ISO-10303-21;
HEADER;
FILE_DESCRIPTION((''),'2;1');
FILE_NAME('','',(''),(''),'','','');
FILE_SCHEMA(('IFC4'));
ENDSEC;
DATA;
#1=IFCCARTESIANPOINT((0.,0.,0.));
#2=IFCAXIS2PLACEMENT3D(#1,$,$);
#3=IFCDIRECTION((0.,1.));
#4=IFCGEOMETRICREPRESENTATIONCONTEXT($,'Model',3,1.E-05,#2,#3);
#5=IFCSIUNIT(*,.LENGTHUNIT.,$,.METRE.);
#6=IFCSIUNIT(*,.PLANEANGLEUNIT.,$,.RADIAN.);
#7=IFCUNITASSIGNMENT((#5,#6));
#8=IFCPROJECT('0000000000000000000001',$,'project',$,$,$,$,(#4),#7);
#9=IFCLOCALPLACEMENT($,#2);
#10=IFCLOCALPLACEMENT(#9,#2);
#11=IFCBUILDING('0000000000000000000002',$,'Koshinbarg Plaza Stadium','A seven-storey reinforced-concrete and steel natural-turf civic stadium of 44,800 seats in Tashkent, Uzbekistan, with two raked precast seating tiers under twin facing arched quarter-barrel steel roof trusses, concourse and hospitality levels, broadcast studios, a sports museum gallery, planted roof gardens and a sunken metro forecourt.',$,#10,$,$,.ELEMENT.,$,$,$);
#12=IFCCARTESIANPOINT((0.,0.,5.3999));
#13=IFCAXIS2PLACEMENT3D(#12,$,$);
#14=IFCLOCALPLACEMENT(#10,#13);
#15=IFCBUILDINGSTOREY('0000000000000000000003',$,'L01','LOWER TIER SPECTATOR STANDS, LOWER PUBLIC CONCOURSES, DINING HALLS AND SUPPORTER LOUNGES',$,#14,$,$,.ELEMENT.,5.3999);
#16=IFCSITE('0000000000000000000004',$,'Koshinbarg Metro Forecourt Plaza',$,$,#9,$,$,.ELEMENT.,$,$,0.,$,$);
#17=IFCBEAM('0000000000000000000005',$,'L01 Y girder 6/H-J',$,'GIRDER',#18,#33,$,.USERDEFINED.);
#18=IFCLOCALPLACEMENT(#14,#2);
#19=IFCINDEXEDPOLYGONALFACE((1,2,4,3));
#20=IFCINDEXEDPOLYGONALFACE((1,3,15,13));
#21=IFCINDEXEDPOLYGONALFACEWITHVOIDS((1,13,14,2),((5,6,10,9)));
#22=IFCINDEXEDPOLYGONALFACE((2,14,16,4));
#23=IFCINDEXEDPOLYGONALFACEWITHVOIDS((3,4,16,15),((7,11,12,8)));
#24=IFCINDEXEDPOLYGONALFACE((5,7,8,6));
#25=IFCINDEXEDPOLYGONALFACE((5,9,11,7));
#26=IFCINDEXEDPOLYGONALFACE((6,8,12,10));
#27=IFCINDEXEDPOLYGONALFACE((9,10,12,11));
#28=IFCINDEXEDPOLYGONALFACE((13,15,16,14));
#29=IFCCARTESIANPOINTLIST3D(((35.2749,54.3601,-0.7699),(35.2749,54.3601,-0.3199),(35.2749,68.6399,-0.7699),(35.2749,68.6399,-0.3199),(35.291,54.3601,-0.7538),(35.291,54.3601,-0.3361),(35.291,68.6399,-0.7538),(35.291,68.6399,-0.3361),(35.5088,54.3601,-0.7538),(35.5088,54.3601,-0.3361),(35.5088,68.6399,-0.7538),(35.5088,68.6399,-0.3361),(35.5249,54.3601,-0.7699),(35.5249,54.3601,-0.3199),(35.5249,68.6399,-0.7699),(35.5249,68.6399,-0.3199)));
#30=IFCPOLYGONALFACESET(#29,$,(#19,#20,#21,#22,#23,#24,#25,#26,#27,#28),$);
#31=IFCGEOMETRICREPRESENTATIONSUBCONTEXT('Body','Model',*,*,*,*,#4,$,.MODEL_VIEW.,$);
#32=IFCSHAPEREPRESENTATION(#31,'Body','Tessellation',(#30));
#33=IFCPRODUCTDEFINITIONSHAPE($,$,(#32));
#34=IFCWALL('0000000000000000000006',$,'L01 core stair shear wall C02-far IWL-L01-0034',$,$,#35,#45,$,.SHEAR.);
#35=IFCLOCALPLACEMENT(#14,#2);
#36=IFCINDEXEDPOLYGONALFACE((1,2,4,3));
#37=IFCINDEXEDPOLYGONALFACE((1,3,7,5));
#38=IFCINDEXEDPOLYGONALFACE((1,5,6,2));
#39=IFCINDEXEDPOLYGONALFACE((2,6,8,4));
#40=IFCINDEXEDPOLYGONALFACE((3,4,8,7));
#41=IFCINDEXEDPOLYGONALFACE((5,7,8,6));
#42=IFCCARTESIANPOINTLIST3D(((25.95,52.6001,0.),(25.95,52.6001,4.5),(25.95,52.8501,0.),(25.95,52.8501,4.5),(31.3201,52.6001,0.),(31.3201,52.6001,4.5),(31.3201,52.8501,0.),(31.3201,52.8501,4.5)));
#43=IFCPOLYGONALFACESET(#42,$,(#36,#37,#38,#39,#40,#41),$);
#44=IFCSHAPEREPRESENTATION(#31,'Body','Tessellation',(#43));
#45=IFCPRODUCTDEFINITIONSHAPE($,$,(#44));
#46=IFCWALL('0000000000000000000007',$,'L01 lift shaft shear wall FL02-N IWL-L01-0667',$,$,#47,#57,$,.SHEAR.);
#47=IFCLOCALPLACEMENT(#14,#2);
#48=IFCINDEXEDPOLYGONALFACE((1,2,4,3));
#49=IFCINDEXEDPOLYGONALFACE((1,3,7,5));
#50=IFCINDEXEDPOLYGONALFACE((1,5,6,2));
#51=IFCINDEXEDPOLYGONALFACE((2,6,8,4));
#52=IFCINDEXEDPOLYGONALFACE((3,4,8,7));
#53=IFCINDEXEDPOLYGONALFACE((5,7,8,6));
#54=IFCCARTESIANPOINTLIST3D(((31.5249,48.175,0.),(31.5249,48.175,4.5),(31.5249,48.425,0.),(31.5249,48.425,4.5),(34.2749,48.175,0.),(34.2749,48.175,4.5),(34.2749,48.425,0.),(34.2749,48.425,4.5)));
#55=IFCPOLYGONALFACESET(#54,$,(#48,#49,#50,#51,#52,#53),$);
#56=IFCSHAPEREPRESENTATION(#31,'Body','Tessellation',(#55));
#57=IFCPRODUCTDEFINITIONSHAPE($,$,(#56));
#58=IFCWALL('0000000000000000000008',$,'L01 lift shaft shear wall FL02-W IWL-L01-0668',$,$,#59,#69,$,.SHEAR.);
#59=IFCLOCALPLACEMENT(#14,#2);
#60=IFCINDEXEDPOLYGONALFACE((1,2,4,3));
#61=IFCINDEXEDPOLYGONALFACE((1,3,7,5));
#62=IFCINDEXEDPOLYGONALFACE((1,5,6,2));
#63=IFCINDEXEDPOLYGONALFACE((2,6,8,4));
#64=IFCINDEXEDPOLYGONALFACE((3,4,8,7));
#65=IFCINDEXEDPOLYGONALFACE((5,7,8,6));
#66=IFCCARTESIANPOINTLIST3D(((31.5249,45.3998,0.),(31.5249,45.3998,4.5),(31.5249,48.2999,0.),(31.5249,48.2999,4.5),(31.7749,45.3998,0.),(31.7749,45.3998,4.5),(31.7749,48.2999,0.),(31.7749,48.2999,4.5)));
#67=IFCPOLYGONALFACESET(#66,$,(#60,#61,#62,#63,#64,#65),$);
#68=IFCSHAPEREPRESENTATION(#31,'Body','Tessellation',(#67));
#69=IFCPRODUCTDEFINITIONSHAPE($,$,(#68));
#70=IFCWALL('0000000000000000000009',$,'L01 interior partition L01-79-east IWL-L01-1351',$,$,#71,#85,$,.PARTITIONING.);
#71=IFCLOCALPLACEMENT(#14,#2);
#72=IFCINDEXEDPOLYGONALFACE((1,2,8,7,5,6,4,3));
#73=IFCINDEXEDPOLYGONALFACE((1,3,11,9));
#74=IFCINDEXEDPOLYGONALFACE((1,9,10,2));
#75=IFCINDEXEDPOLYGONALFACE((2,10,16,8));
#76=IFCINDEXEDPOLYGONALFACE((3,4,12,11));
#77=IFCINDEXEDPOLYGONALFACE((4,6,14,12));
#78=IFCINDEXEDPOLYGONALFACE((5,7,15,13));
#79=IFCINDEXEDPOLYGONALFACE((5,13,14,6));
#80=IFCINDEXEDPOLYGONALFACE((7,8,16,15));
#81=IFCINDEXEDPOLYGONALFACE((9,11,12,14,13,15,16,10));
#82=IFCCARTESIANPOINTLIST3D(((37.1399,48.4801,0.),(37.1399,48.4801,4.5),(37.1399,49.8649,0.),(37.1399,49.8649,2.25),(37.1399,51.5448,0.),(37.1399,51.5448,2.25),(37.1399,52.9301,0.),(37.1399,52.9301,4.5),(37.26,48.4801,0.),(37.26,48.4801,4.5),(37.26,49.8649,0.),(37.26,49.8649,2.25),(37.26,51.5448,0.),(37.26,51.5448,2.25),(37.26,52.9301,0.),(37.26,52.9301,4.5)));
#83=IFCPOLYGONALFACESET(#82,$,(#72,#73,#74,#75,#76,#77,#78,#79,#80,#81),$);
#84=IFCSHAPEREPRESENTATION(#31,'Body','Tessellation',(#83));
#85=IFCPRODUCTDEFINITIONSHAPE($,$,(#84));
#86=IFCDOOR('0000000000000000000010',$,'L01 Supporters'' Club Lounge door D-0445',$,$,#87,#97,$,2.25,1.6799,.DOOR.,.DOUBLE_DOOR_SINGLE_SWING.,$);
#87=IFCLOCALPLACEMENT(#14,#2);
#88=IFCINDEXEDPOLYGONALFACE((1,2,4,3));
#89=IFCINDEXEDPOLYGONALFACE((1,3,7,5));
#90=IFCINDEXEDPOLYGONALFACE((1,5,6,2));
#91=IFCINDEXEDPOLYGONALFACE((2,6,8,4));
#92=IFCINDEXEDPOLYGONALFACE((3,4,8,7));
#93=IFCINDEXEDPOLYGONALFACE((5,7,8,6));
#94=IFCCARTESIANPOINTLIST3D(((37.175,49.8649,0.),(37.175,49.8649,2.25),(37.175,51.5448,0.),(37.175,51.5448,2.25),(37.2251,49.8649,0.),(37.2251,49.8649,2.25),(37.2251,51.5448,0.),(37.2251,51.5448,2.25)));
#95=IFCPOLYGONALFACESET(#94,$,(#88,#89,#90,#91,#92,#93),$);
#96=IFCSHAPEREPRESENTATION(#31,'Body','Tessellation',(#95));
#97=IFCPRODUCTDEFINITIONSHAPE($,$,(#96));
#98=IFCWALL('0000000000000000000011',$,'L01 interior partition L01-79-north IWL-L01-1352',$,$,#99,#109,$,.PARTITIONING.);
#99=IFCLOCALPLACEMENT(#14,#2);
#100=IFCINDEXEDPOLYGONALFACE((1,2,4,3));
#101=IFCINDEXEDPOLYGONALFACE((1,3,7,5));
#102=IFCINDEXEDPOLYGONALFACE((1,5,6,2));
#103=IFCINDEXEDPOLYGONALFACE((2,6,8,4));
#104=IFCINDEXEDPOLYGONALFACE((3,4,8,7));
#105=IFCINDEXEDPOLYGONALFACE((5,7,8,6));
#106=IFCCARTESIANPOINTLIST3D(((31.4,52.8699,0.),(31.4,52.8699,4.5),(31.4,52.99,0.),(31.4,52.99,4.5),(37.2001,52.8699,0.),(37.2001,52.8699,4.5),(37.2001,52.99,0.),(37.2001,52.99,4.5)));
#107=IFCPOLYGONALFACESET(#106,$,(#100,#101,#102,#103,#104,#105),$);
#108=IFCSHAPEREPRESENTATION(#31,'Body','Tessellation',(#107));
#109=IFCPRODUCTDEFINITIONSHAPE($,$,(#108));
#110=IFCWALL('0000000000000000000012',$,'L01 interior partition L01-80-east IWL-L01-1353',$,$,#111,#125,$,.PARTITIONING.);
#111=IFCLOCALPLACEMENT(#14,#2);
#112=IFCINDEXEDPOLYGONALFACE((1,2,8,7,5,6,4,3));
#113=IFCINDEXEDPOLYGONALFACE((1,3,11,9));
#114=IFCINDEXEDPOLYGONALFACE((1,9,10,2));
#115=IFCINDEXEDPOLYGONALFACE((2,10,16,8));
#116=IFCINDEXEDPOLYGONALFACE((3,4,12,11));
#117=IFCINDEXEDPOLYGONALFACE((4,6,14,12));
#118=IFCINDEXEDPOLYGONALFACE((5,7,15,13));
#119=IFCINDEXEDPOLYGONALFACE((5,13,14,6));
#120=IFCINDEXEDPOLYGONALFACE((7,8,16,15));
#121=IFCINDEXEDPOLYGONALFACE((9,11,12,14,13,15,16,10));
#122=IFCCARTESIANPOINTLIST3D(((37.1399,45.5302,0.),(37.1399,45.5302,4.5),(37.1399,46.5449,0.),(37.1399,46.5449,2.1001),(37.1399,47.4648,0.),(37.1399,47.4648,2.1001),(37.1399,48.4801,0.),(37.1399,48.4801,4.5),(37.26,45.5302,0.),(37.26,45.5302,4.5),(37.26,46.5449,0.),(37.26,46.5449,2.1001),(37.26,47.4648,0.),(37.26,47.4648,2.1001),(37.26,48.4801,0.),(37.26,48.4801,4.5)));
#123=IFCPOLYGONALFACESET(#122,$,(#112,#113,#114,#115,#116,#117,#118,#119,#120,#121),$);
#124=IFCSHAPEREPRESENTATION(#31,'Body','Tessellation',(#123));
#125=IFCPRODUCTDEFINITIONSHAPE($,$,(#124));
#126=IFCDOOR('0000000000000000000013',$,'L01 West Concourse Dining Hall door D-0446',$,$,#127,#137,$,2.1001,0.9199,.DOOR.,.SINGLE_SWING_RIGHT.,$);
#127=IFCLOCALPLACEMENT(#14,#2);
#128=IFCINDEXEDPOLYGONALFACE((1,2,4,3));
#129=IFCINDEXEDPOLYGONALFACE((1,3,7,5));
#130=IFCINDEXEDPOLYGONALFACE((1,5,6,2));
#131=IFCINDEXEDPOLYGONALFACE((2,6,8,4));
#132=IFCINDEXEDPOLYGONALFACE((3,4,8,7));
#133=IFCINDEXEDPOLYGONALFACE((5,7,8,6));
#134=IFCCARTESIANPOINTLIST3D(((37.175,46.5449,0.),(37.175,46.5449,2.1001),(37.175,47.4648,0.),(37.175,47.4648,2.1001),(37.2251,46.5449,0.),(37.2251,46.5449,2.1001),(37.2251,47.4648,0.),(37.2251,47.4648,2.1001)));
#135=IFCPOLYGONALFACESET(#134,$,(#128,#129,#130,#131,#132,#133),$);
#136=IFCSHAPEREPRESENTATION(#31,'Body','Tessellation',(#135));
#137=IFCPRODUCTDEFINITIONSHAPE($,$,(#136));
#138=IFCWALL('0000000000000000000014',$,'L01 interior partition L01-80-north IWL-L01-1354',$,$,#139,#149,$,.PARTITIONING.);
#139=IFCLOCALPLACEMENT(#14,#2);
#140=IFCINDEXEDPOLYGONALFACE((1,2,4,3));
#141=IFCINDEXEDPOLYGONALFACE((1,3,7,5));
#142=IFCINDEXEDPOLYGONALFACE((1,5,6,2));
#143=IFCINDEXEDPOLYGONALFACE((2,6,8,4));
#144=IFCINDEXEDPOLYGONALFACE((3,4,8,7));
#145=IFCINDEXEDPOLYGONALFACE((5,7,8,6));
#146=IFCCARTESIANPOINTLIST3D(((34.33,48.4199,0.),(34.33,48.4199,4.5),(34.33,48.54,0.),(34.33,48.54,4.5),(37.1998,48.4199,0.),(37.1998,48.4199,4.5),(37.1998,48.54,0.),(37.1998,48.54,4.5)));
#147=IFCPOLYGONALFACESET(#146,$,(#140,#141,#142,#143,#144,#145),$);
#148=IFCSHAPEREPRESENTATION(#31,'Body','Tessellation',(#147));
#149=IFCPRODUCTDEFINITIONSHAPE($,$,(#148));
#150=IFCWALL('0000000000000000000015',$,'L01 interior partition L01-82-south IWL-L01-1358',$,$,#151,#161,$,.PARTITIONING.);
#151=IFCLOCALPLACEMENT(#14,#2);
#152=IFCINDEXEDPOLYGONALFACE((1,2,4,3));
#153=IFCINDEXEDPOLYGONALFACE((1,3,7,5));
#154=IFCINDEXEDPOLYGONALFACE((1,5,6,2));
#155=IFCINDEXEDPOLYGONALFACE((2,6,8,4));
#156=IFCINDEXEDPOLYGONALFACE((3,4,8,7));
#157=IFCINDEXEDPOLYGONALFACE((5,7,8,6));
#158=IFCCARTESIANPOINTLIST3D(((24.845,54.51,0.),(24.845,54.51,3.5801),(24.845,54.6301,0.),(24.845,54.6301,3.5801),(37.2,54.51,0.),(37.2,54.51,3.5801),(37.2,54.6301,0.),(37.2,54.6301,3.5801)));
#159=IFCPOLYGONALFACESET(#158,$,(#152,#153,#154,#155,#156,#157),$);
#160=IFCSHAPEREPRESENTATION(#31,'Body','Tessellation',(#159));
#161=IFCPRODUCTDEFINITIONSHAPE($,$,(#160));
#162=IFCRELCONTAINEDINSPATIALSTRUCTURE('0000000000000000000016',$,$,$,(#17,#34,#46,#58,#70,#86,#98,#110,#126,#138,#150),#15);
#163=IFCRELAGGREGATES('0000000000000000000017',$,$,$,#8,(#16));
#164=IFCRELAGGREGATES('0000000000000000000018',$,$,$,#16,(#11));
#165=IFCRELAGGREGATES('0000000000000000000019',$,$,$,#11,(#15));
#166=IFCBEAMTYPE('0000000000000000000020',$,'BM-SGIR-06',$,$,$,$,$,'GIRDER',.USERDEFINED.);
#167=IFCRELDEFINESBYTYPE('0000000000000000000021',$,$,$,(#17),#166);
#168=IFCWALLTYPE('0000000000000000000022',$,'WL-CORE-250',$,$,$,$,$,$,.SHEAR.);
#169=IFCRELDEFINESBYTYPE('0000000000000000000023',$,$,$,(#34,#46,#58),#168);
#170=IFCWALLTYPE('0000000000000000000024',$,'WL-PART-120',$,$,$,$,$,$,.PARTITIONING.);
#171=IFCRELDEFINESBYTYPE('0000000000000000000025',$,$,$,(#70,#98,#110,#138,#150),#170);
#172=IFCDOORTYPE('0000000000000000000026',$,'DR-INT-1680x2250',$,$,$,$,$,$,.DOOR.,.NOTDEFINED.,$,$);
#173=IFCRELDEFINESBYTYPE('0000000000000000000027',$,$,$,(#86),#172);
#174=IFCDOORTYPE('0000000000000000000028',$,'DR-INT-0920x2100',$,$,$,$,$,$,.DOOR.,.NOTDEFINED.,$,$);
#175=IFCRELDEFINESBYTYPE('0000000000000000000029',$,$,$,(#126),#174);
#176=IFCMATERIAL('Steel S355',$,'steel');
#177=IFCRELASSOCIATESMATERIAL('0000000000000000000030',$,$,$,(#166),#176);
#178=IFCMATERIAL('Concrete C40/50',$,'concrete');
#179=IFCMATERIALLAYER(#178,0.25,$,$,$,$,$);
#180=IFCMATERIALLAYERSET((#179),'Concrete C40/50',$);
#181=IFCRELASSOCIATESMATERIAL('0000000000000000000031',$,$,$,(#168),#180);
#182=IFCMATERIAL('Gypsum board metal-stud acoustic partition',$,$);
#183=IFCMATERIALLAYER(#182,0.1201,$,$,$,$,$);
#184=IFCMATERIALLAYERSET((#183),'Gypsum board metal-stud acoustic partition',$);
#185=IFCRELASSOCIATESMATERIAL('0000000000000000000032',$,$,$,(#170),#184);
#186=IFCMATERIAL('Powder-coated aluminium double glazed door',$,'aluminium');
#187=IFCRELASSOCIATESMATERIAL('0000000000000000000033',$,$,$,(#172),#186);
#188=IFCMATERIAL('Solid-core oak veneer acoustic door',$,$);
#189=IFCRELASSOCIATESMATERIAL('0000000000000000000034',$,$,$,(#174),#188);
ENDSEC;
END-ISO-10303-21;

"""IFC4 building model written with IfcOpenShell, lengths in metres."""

from ifc_helpers import new_model, si_unit, direction, frame, frame_2d, origin, origin_2d, place, context, subcontext, project, spatial, rectangle, hollow_rectangle, extrude, material, layer, layer_set, material_profile, profile_set, type_object, element, fill, save


model = new_model("IFC4")

# Units and contexts
model_context = context("Model", 3, precision=1e-05, world=origin(), true_north=direction((0.0, 1.0)))
body_context = subcontext(model_context, "Body", "Model", "MODEL_VIEW")
ifc_project = project(units=[si_unit("LENGTHUNIT", "METRE"), si_unit("PLANEANGLEUNIT", "RADIAN")], contexts=[model_context])

# Site, building, storey
site_placement = place(None, origin())
site = spatial("IfcSite", under=ifc_project, at=site_placement, Name="Koshinbarg Metro Forecourt Plaza", CompositionType="ELEMENT", RefElevation=0.0)
building_placement = place(site_placement, origin())
building = spatial("IfcBuilding", under=site, at=building_placement, Name="Koshinbarg Plaza Stadium", Description="A seven-storey reinforced-concrete and steel natural-turf civic stadium of 44,800 seats in Tashkent, Uzbekistan, with two raked precast seating tiers under twin facing arched quarter-barrel steel roof trusses, concourse and hospitality levels, broadcast studios, a sports museum gallery, planted roof gardens and a sunken metro forecourt.", CompositionType="ELEMENT")
storey_placement = place(building_placement, frame((0.0, 0.0, 5.3999)))
storey = spatial("IfcBuildingStorey", under=building, at=storey_placement, Name="L01", Description="LOWER TIER SPECTATOR STANDS, LOWER PUBLIC CONCOURSES, DINING HALLS AND SUPPORTER LOUNGES", CompositionType="ELEMENT", Elevation=5.3999)

# Shared definitions
ifc_material_1 = material(Name="Concrete C40/50", Category="concrete")

# Beam
ifc_material_2 = material(Name="Steel S355", Category="steel")
ifc_material_profile_1 = material_profile(ifc_material_2, hollow_rectangle(XDim=0.25, YDim=0.45, WallThickness=0.0161, at=origin_2d()), Name="RHS 450x250x16")
ifc_profile_set_1 = profile_set([ifc_material_profile_1], Name="Steel S355")
beam_type_1 = type_object("IfcBeamType", Name="BM-SGIR-06", ElementType="GIRDER", PredefinedType="USERDEFINED", material=ifc_profile_set_1)
beam_1_placement = place(storey_placement, frame((35.3999, 54.3601, -0.5449), z_axis=(0.0, 1.0, 0.0), x_axis=(-1.0, 0.0, 0.0)))
element("IfcBeam", 1, at=beam_1_placement, inside=storey, type_object=beam_type_1, Name="L01 Y girder 6/H-J", ObjectType="GIRDER", PredefinedType="USERDEFINED", context=body_context, shape_type="SweptSolid", body=[
    extrude(hollow_rectangle(XDim=0.25, YDim=0.45, WallThickness=0.0161, at=origin_2d()), origin(), (0.0, 0.0, 1.0), 14.2798),
])

# Walls
ifc_layer_1 = layer(ifc_material_1, 0.25)
ifc_layer_set_1 = layer_set([ifc_layer_1], Name="Concrete C40/50")
wall_type_1 = type_object("IfcWallType", Name="WL-CORE-250", PredefinedType="SHEAR", material=ifc_layer_set_1)
wall_1_placement = place(storey_placement, frame((31.3201, 52.7251, 0.0), z_axis=(0.0, 0.0, 1.0), x_axis=(-1.0, 0.0, 0.0)))
element("IfcWall", 2, at=wall_1_placement, inside=storey, type_object=wall_type_1, Name="L01 core stair shear wall C02-far IWL-L01-0034", PredefinedType="SHEAR", context=body_context, shape_type="SweptSolid", body=[
    extrude(rectangle(XDim=5.3701, YDim=0.25, at=frame_2d((2.6851, 0.0))), origin(), (0.0, 0.0, 1.0), 4.5),
])
wall_2_placement = place(storey_placement, frame((34.2749, 48.3, 0.0), z_axis=(0.0, 0.0, 1.0), x_axis=(-1.0, 0.0, 0.0)))
element("IfcWall", 3, at=wall_2_placement, inside=storey, type_object=wall_type_1, Name="L01 lift shaft shear wall FL02-N IWL-L01-0667", PredefinedType="SHEAR", context=body_context, shape_type="SweptSolid", body=[
    extrude(rectangle(XDim=2.75, YDim=0.25, at=frame_2d((1.375, 0.0))), origin(), (0.0, 0.0, 1.0), 4.5),
])
wall_3_placement = place(storey_placement, frame((31.6499, 48.3, 0.0), z_axis=(0.0, 0.0, 1.0), x_axis=(0.0, -1.0, 0.0)))
element("IfcWall", 4, at=wall_3_placement, inside=storey, type_object=wall_type_1, Name="L01 lift shaft shear wall FL02-W IWL-L01-0668", PredefinedType="SHEAR", context=body_context, shape_type="SweptSolid", body=[
    extrude(rectangle(XDim=2.9001, YDim=0.25, at=frame_2d((1.4502, 0.0))), origin(), (0.0, 0.0, 1.0), 4.5),
])

# Wall, opening, door
ifc_material_3 = material(Name="Gypsum board metal-stud acoustic partition")
ifc_layer_2 = layer(ifc_material_3, 0.1201)
ifc_layer_set_2 = layer_set([ifc_layer_2], Name="Gypsum board metal-stud acoustic partition")
wall_type_2 = type_object("IfcWallType", Name="WL-PART-120", PredefinedType="PARTITIONING", material=ifc_layer_set_2)
wall_4_placement = place(storey_placement, frame((37.2, 48.48, 0.0), z_axis=(0.0, 0.0, 1.0), x_axis=(0.0, 1.0, 0.0)))
wall_4 = element("IfcWall", 5, at=wall_4_placement, inside=storey, type_object=wall_type_2, Name="L01 interior partition L01-79-east IWL-L01-1351", PredefinedType="PARTITIONING", context=body_context, shape_type="SweptSolid", body=[
    extrude(rectangle(XDim=4.45, YDim=0.1201, at=frame_2d((2.2251, 0.0))), origin(), (0.0, 0.0, 1.0), 4.5),
])
opening_1_placement = place(wall_4_placement, frame((1.385, 0.0, 0.0)))
opening_1 = element("IfcOpeningElement", 6, at=opening_1_placement, cuts=wall_4, PredefinedType="OPENING", context=body_context, shape_type="SweptSolid", body=[
    extrude(rectangle(XDim=1.6799, YDim=2.25, at=frame_2d((0.8398, 1.125))), frame((0.0, 0.0701, 0.0), z_axis=(0.0, -1.0, 0.0), x_axis=(1.0, 0.0, 0.0)), (0.0, 0.0, 1.0), 0.1401),
])
ifc_material_4 = material(Name="Powder-coated aluminium double glazed door", Category="aluminium")
door_type_1 = type_object("IfcDoorType", Name="DR-INT-1680x2250", OperationType="NOTDEFINED", PredefinedType="DOOR", material=ifc_material_4)
door_1_placement = place(opening_1_placement, origin())
door_1 = element("IfcDoor", 7, at=door_1_placement, inside=storey, type_object=door_type_1, Name="L01 Supporters' Club Lounge door D-0445", OperationType="DOUBLE_DOOR_SINGLE_SWING", OverallHeight=2.25, OverallWidth=1.6799, PredefinedType="DOOR", context=body_context, shape_type="SweptSolid", body=[
    extrude(rectangle(XDim=1.6799, YDim=2.25, at=frame_2d((0.8398, 1.125))), frame((0.0, 0.0249, 0.0), z_axis=(0.0, -1.0, 0.0), x_axis=(1.0, 0.0, 0.0)), (0.0, 0.0, 1.0), 0.05),
])
fill(opening_1, door_1)

# Wall
wall_5_placement = place(storey_placement, frame((37.2, 52.9299, 0.0), z_axis=(0.0, 0.0, 1.0), x_axis=(-1.0, 0.0, 0.0)))
element("IfcWall", 8, at=wall_5_placement, inside=storey, type_object=wall_type_2, Name="L01 interior partition L01-79-north IWL-L01-1352", PredefinedType="PARTITIONING", context=body_context, shape_type="SweptSolid", body=[
    extrude(rectangle(XDim=5.8, YDim=0.1201, at=frame_2d((2.8999, 0.0))), origin(), (0.0, 0.0, 1.0), 4.5),
])

# Wall, opening, door
wall_6_placement = place(storey_placement, frame((37.2, 45.53, 0.0), z_axis=(0.0, 0.0, 1.0), x_axis=(0.0, 1.0, 0.0)))
wall_6 = element("IfcWall", 9, at=wall_6_placement, inside=storey, type_object=wall_type_2, Name="L01 interior partition L01-80-east IWL-L01-1353", PredefinedType="PARTITIONING", context=body_context, shape_type="SweptSolid", body=[
    extrude(rectangle(XDim=2.95, YDim=0.1201, at=frame_2d((1.4751, 0.0))), origin(), (0.0, 0.0, 1.0), 4.5),
])
opening_2_placement = place(wall_6_placement, frame((1.0149, 0.0, 0.0)))
opening_2 = element("IfcOpeningElement", 10, at=opening_2_placement, cuts=wall_6, PredefinedType="OPENING", context=body_context, shape_type="SweptSolid", body=[
    extrude(rectangle(XDim=0.9199, YDim=2.1001, at=frame_2d((0.46, 1.05))), frame((0.0, 0.0701, 0.0), z_axis=(0.0, -1.0, 0.0), x_axis=(1.0, 0.0, 0.0)), (0.0, 0.0, 1.0), 0.1401),
])
ifc_material_5 = material(Name="Solid-core oak veneer acoustic door")
door_type_2 = type_object("IfcDoorType", Name="DR-INT-0920x2100", OperationType="NOTDEFINED", PredefinedType="DOOR", material=ifc_material_5)
door_2_placement = place(opening_2_placement, origin())
door_2 = element("IfcDoor", 11, at=door_2_placement, inside=storey, type_object=door_type_2, Name="L01 West Concourse Dining Hall door D-0446", OperationType="SINGLE_SWING_RIGHT", OverallHeight=2.1001, OverallWidth=0.9199, PredefinedType="DOOR", context=body_context, shape_type="SweptSolid", body=[
    extrude(rectangle(XDim=0.9199, YDim=2.1001, at=frame_2d((0.46, 1.05))), frame((0.0, 0.0249, 0.0), z_axis=(0.0, -1.0, 0.0), x_axis=(1.0, 0.0, 0.0)), (0.0, 0.0, 1.0), 0.05),
])
fill(opening_2, door_2)

# Walls
wall_7_placement = place(storey_placement, frame((37.2, 48.48, 0.0), z_axis=(0.0, 0.0, 1.0), x_axis=(-1.0, 0.0, 0.0)))
element("IfcWall", 12, at=wall_7_placement, inside=storey, type_object=wall_type_2, Name="L01 interior partition L01-80-north IWL-L01-1354", PredefinedType="PARTITIONING", context=body_context, shape_type="SweptSolid", body=[
    extrude(rectangle(XDim=2.8699, YDim=0.1201, at=frame_2d((1.4351, 0.0))), origin(), (0.0, 0.0, 1.0), 4.5),
])
wall_8_placement = place(storey_placement, frame((24.845, 54.5701, 0.0), z_axis=(0.0, 0.0, 1.0), x_axis=(1.0, 0.0, 0.0)))
element("IfcWall", 13, at=wall_8_placement, inside=storey, type_object=wall_type_2, Name="L01 interior partition L01-82-south IWL-L01-1358", PredefinedType="PARTITIONING", context=body_context, shape_type="SweptSolid", body=[
    extrude(rectangle(XDim=12.355, YDim=0.1201, at=frame_2d((6.1775, 0.0))), origin(), (0.0, 0.0, 1.0), 3.5801),
])

save(model, "model.ifc")
